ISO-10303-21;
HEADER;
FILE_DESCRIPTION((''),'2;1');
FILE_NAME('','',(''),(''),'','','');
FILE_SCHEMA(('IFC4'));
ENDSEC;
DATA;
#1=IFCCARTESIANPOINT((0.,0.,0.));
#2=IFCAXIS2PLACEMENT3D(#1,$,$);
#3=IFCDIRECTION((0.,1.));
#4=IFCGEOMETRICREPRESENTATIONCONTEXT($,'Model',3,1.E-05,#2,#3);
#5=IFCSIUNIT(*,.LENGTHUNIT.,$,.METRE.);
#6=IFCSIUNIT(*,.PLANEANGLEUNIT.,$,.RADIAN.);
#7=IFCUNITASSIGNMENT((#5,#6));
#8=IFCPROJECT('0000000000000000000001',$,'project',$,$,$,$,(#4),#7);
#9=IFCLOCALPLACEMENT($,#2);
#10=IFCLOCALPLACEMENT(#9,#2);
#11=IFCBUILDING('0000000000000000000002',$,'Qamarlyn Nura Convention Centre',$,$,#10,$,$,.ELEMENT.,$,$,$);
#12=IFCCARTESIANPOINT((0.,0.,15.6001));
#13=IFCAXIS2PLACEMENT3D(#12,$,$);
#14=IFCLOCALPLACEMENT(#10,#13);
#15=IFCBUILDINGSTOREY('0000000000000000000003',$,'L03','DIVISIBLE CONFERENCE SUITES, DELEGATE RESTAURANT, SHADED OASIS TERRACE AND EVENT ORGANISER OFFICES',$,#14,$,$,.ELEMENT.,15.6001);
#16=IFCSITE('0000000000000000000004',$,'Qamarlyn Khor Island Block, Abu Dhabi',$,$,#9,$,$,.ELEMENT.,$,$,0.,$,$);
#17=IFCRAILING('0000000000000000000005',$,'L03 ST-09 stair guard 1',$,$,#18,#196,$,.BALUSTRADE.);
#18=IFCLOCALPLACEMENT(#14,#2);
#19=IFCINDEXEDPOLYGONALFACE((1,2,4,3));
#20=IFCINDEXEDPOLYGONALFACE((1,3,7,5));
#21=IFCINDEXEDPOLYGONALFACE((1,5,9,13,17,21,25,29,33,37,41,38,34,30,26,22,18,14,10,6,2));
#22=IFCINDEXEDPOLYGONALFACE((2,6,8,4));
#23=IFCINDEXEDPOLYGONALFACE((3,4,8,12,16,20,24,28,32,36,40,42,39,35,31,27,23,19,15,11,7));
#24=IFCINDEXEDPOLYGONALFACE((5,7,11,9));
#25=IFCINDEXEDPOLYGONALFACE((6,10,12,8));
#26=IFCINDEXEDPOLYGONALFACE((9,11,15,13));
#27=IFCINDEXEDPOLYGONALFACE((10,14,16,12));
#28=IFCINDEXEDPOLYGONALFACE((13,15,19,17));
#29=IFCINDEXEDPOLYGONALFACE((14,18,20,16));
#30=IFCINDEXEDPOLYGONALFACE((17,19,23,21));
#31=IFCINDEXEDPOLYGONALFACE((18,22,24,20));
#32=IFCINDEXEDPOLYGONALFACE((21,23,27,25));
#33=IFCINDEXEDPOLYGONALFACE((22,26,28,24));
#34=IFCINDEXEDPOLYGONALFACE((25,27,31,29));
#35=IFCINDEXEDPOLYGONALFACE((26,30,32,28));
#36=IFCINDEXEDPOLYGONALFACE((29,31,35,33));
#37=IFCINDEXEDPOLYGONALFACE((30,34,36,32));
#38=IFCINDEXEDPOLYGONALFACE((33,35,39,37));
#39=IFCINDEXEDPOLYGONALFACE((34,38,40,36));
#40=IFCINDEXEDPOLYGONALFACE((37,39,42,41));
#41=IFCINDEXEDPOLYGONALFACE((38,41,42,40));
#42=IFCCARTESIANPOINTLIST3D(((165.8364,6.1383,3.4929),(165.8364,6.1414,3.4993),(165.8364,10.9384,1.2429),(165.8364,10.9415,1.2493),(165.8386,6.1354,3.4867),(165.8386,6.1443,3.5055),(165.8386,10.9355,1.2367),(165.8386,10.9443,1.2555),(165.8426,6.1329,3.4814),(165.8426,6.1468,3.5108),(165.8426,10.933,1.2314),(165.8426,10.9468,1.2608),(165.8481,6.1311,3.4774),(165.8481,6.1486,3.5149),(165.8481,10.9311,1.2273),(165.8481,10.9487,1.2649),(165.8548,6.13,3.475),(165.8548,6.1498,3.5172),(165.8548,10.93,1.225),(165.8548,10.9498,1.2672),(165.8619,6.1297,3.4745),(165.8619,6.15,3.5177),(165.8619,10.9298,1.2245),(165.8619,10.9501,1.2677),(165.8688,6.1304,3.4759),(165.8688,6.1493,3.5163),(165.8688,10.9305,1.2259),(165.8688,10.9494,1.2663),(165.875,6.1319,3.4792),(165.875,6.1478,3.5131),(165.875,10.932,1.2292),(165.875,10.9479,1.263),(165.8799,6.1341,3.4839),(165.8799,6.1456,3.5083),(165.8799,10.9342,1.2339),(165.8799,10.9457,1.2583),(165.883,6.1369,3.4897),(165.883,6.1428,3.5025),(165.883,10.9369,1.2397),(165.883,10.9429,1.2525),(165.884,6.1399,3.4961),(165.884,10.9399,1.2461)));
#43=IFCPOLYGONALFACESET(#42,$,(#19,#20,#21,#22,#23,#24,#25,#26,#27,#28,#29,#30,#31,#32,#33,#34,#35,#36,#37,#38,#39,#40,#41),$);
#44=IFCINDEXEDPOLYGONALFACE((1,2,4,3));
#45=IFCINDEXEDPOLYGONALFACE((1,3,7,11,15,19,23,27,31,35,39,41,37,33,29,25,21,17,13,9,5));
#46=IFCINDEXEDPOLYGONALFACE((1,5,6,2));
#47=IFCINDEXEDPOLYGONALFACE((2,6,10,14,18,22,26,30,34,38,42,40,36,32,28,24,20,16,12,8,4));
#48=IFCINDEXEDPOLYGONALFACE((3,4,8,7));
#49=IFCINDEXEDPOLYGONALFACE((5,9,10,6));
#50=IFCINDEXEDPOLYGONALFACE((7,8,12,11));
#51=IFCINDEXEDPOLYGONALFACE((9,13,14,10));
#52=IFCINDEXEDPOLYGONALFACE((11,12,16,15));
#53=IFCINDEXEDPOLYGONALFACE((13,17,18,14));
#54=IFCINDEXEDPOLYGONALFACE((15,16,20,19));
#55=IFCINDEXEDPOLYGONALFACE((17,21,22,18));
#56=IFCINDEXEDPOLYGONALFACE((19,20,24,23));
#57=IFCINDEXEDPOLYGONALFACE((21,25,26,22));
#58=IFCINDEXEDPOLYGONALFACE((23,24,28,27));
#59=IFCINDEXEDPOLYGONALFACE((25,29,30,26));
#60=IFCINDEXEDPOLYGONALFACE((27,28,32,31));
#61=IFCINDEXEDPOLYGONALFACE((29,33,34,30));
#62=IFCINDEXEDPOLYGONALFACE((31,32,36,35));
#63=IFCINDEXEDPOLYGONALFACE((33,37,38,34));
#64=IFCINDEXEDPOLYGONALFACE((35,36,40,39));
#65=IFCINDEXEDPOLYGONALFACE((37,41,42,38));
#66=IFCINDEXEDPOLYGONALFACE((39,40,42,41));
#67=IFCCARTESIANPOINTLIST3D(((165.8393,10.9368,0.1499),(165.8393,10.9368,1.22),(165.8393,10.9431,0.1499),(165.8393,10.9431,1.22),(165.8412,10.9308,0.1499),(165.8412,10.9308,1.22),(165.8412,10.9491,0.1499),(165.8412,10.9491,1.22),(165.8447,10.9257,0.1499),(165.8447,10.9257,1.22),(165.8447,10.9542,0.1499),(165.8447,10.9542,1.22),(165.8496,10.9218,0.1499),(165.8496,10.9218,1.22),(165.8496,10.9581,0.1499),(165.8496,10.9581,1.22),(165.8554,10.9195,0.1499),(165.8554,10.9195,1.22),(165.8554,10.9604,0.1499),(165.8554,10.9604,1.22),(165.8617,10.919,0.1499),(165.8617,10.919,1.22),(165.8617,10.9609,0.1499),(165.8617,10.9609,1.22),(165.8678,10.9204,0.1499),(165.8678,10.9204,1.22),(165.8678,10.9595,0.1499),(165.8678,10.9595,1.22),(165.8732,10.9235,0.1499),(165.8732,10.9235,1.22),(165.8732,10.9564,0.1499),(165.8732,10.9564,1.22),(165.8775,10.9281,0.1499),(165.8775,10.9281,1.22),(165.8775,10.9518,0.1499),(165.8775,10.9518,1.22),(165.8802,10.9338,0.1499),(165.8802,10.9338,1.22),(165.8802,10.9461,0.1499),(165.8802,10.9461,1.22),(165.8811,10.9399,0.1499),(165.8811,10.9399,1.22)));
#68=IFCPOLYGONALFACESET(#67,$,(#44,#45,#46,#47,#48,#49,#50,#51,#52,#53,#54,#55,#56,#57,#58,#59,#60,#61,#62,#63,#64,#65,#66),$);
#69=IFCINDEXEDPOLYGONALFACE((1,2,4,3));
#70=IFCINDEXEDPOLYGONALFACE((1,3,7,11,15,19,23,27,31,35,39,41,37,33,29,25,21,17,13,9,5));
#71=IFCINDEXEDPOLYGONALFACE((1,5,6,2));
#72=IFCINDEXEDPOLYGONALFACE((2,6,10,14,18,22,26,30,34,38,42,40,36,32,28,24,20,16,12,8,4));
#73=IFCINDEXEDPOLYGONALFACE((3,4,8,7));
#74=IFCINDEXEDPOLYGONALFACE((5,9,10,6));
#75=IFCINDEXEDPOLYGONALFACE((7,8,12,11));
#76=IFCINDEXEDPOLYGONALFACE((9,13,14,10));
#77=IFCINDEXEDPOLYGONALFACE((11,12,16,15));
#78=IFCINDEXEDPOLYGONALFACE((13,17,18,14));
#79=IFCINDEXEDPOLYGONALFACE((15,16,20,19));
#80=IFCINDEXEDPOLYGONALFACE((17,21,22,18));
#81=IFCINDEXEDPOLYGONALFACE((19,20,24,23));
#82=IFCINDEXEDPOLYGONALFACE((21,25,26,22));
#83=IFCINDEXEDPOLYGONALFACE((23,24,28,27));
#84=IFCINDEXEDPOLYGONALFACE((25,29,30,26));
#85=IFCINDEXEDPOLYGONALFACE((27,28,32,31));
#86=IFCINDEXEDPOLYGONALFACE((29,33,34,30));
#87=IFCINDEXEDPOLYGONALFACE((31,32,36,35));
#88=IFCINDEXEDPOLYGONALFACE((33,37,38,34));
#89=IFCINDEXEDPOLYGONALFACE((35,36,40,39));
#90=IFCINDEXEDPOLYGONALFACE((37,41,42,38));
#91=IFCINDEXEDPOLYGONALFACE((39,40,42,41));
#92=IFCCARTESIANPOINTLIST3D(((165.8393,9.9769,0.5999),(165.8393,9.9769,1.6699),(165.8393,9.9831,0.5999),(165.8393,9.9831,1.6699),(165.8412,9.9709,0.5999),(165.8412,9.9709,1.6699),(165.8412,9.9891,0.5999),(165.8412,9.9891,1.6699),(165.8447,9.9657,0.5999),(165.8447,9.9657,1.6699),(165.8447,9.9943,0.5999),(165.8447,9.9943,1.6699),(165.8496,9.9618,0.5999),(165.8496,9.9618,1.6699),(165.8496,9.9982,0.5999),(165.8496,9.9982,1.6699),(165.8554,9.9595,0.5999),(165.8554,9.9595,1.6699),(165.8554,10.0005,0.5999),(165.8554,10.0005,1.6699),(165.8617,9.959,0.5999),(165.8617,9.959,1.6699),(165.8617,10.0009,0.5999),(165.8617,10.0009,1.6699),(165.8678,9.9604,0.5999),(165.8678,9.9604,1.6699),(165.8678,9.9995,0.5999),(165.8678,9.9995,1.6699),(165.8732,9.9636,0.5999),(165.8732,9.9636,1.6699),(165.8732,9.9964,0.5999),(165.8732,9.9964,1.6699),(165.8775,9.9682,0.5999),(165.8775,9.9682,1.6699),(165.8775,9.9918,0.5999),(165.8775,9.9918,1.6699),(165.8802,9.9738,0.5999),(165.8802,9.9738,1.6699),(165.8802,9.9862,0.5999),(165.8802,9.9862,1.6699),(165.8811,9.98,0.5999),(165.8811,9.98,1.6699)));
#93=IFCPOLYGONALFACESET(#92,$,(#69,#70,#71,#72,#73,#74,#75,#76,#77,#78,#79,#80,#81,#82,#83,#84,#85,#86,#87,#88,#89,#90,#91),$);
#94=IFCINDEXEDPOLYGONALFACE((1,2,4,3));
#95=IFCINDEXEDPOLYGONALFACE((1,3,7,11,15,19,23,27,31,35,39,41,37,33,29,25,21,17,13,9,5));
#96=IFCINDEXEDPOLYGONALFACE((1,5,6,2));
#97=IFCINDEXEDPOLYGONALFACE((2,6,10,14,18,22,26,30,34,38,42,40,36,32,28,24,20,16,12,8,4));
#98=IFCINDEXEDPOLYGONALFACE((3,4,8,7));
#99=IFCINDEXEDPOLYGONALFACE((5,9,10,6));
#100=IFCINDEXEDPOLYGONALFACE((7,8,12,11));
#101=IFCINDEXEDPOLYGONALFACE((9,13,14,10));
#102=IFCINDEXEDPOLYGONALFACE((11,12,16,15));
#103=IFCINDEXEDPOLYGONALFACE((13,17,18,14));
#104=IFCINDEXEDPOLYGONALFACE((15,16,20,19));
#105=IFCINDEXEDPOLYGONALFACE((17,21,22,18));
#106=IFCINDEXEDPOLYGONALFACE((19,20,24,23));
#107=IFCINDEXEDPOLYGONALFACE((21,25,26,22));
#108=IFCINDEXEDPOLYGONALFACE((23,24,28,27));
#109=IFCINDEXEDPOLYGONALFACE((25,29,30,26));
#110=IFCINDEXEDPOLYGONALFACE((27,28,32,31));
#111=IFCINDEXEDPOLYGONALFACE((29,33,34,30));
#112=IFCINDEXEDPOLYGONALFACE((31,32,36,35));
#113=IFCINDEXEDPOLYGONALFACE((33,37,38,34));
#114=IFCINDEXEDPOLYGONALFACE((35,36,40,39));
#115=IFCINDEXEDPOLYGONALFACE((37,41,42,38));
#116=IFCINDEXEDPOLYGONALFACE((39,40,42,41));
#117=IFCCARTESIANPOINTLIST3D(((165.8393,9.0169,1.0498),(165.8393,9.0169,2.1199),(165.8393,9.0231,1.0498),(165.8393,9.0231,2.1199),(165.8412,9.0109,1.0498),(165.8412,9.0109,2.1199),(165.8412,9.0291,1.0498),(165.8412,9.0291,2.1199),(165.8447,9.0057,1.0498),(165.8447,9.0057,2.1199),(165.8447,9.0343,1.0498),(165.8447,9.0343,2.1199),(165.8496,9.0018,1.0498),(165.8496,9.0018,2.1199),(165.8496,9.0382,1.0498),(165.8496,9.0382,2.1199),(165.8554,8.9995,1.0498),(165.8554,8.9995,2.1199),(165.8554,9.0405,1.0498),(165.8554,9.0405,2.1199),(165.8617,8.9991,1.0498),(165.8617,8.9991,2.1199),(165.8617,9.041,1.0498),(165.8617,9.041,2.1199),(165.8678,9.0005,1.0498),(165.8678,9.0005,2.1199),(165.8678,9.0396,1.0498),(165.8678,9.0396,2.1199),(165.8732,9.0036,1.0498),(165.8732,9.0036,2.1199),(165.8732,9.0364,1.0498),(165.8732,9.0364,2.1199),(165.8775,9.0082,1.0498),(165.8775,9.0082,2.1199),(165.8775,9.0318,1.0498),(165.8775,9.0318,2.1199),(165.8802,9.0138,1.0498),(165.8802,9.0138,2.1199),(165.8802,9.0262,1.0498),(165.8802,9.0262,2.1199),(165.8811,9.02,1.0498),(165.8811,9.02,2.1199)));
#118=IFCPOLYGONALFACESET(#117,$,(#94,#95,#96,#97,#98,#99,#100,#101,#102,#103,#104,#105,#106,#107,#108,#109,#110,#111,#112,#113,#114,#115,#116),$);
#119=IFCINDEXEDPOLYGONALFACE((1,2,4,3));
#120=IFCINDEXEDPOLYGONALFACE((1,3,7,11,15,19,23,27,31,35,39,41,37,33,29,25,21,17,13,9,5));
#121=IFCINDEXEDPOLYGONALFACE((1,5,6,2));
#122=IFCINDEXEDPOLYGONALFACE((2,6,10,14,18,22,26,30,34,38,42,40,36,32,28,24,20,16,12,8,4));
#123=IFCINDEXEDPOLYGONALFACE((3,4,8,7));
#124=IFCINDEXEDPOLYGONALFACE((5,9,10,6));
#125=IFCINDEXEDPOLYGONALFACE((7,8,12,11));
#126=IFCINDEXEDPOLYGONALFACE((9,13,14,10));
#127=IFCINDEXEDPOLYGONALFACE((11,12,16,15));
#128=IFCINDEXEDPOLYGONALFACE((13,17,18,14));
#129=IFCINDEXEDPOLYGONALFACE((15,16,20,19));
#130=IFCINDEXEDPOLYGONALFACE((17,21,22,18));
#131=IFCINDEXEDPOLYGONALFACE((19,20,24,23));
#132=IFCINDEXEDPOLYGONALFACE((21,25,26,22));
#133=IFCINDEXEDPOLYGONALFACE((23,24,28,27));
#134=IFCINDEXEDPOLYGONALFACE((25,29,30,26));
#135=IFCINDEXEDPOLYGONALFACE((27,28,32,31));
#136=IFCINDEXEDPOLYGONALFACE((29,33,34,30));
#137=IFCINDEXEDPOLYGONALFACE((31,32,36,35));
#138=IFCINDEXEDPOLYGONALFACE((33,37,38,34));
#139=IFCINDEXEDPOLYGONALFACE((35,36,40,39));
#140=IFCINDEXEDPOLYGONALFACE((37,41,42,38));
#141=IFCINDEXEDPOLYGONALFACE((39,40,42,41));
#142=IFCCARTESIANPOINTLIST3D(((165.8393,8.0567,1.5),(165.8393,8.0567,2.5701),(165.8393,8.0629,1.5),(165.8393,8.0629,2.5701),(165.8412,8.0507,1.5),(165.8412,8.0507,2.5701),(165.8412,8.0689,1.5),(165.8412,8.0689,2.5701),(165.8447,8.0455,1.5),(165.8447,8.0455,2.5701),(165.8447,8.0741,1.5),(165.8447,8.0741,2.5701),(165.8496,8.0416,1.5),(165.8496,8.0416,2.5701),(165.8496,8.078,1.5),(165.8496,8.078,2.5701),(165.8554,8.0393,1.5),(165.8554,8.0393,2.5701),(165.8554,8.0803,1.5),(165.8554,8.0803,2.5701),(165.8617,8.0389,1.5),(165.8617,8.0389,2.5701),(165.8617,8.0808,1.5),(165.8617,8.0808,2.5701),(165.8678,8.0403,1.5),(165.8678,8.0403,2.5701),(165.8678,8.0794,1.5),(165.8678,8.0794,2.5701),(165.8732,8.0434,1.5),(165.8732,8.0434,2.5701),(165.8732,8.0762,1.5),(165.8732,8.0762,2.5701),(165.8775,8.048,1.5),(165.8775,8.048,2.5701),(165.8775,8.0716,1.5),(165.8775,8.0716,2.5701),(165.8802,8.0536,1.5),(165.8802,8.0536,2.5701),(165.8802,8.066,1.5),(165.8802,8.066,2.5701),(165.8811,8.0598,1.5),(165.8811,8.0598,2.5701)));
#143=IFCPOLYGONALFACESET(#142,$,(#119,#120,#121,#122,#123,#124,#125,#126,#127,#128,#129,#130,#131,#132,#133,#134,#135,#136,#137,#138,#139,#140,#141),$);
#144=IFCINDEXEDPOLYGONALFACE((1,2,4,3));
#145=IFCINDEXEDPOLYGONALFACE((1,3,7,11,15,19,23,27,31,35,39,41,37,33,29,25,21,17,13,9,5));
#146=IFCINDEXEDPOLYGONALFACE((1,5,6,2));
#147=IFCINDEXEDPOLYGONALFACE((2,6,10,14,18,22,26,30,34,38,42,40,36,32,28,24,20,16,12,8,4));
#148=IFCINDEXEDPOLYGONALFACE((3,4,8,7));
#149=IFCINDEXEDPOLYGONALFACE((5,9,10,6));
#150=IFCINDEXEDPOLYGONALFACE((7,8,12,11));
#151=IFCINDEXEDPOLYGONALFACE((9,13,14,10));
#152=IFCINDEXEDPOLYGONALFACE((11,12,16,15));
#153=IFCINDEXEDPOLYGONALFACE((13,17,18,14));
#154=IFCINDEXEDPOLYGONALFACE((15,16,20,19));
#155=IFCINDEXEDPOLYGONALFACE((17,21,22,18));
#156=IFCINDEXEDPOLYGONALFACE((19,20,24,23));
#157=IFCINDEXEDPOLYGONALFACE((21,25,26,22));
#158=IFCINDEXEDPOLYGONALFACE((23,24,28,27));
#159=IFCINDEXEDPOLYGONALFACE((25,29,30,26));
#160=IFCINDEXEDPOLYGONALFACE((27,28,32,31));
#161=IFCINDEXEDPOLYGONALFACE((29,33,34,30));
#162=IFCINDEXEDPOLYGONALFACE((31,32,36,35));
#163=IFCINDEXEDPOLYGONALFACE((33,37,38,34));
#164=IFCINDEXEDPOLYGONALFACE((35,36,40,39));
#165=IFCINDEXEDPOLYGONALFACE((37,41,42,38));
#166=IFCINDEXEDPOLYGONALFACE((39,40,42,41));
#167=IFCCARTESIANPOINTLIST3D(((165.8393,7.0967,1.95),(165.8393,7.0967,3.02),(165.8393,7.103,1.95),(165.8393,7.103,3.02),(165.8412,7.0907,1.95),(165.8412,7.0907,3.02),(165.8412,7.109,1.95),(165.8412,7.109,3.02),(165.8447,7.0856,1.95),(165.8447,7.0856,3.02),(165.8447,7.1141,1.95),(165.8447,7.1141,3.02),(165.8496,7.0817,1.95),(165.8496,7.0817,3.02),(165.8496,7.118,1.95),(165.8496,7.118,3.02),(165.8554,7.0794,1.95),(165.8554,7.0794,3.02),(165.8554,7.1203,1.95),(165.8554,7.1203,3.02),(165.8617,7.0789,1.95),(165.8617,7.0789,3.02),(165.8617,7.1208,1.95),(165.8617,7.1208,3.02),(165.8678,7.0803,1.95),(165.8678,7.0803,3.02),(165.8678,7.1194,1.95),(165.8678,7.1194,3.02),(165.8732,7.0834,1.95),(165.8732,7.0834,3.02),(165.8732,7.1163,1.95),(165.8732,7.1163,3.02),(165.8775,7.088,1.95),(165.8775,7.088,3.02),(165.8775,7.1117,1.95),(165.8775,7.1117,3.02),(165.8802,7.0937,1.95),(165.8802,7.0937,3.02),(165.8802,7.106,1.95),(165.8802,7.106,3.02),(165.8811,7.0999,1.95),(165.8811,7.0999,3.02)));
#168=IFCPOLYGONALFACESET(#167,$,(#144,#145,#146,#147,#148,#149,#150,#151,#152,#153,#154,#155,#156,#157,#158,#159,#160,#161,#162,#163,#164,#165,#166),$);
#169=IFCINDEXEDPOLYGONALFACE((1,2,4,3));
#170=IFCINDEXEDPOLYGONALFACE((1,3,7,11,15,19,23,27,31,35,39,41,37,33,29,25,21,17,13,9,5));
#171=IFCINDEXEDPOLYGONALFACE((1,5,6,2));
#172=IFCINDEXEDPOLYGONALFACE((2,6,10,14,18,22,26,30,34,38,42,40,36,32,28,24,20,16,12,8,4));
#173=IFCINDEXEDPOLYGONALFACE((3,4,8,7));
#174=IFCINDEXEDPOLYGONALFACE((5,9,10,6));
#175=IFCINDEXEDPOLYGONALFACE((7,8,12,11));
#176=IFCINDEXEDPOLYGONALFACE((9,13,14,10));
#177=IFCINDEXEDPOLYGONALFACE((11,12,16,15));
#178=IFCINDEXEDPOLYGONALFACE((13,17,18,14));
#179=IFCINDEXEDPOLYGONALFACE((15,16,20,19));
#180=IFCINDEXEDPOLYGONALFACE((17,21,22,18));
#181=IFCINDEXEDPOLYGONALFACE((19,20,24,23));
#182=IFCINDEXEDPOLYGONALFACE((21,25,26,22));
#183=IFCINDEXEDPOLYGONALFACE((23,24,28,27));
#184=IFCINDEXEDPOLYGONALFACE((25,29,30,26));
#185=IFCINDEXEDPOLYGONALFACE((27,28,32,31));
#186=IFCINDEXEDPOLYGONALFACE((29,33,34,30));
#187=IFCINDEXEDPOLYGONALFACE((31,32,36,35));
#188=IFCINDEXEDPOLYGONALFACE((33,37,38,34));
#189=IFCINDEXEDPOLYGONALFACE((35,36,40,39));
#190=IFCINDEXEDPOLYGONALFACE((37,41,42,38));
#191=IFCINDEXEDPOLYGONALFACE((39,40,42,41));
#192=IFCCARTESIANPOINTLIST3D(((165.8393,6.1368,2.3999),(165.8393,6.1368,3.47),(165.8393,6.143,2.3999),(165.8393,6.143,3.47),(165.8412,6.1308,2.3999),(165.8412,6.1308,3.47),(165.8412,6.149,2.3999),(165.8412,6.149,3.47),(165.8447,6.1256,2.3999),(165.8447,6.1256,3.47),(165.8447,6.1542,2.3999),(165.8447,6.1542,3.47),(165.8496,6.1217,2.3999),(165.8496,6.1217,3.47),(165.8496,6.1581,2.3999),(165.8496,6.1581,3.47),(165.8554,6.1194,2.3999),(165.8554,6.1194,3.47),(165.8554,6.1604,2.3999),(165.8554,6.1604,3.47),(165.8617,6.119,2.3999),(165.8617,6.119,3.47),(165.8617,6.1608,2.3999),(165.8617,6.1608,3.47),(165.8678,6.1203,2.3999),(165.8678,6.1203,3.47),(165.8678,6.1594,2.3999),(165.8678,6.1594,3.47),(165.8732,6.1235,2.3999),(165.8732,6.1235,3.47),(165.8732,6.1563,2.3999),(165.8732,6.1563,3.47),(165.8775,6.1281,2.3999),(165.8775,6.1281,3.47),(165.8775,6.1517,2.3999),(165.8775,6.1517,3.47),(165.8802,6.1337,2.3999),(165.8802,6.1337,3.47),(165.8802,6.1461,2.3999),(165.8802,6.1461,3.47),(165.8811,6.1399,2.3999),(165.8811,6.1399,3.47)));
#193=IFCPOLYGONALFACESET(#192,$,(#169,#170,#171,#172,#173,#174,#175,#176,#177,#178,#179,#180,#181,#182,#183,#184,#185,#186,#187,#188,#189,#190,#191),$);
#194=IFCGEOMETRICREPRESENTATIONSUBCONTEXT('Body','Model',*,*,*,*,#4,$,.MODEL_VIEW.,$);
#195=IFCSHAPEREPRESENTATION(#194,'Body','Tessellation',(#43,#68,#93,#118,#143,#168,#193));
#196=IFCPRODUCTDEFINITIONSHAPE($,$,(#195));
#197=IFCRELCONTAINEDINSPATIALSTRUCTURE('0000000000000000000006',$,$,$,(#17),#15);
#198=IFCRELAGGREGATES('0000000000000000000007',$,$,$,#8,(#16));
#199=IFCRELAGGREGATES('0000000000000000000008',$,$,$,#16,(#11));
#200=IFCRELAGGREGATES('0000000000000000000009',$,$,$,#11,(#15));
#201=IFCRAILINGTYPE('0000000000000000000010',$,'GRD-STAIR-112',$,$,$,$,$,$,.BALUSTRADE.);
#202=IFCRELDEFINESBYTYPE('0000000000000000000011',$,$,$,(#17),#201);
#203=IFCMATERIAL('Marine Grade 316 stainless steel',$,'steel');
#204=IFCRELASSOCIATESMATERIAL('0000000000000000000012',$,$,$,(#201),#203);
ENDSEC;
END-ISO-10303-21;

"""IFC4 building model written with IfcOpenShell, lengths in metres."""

from ifc_helpers import new_model, si_unit, direction, frame, origin, origin_2d, place, context, subcontext, project, spatial, circle, extrude, material, type_object, element, save


model = new_model("IFC4")

# Units and contexts
model_context = context("Model", 3, precision=1e-05, world=origin(), true_north=direction((0.0, 1.0)))
body_context = subcontext(model_context, "Body", "Model", "MODEL_VIEW")
ifc_project = project(units=[si_unit("LENGTHUNIT", "METRE"), si_unit("PLANEANGLEUNIT", "RADIAN")], contexts=[model_context])

# Site, building, storey
site_placement = place(None, origin())
site = spatial("IfcSite", under=ifc_project, at=site_placement, Name="Qamarlyn Khor Island Block, Abu Dhabi", CompositionType="ELEMENT", RefElevation=0.0)
building_placement = place(site_placement, origin())
building = spatial("IfcBuilding", under=site, at=building_placement, Name="Qamarlyn Nura Convention Centre", CompositionType="ELEMENT")
storey_placement = place(building_placement, frame((0.0, 0.0, 15.6001)))
storey = spatial("IfcBuildingStorey", under=building, at=storey_placement, Name="L03", Description="DIVISIBLE CONFERENCE SUITES, DELEGATE RESTAURANT, SHADED OASIS TERRACE AND EVENT ORGANISER OFFICES", CompositionType="ELEMENT", Elevation=15.6001)

# Shared definitions
ifc_material_1 = material(Name="Marine Grade 316 stainless steel", Category="steel")

# Railing
railing_type_1 = type_object("IfcRailingType", Name="GRD-STAIR-112", PredefinedType="BALUSTRADE", material=ifc_material_1)
railing_1_placement = place(storey_placement, frame((165.8601, 10.9399, 0.1499)))
element("IfcRailing", 1, at=railing_1_placement, inside=storey, type_object=railing_type_1, Name="L03 ST-09 stair guard 1", PredefinedType="BALUSTRADE", context=body_context, shape_type="SweptSolid", body=[
    extrude(circle(Radius=0.0239, at=origin_2d()), frame((0.0, 0.0, 1.0962), z_axis=(0.0, -0.905461, 0.42443), x_axis=(1.0, 0.0, 0.0)), (0.0, 0.0, 1.0), 5.3013),
    extrude(circle(Radius=0.021, at=origin_2d()), origin(), (0.0, 0.0, 1.0), 1.0701),
    extrude(circle(Radius=0.021, at=origin_2d()), frame((0.0, -0.96, 0.45)), (0.0, 0.0, 1.0), 1.0701),
    extrude(circle(Radius=0.021, at=origin_2d()), frame((0.0, -1.9199, 0.8999)), (0.0, 0.0, 1.0), 1.0701),
    extrude(circle(Radius=0.021, at=origin_2d()), frame((0.0, -2.8801, 1.3501)), (0.0, 0.0, 1.0), 1.0701),
    extrude(circle(Radius=0.021, at=origin_2d()), frame((0.0, -3.8401, 1.8)), (0.0, 0.0, 1.0), 1.0701),
    extrude(circle(Radius=0.021, at=origin_2d()), frame((0.0, -4.8, 2.25)), (0.0, 0.0, 1.0), 1.0701),
])

save(model, "model.ifc")
